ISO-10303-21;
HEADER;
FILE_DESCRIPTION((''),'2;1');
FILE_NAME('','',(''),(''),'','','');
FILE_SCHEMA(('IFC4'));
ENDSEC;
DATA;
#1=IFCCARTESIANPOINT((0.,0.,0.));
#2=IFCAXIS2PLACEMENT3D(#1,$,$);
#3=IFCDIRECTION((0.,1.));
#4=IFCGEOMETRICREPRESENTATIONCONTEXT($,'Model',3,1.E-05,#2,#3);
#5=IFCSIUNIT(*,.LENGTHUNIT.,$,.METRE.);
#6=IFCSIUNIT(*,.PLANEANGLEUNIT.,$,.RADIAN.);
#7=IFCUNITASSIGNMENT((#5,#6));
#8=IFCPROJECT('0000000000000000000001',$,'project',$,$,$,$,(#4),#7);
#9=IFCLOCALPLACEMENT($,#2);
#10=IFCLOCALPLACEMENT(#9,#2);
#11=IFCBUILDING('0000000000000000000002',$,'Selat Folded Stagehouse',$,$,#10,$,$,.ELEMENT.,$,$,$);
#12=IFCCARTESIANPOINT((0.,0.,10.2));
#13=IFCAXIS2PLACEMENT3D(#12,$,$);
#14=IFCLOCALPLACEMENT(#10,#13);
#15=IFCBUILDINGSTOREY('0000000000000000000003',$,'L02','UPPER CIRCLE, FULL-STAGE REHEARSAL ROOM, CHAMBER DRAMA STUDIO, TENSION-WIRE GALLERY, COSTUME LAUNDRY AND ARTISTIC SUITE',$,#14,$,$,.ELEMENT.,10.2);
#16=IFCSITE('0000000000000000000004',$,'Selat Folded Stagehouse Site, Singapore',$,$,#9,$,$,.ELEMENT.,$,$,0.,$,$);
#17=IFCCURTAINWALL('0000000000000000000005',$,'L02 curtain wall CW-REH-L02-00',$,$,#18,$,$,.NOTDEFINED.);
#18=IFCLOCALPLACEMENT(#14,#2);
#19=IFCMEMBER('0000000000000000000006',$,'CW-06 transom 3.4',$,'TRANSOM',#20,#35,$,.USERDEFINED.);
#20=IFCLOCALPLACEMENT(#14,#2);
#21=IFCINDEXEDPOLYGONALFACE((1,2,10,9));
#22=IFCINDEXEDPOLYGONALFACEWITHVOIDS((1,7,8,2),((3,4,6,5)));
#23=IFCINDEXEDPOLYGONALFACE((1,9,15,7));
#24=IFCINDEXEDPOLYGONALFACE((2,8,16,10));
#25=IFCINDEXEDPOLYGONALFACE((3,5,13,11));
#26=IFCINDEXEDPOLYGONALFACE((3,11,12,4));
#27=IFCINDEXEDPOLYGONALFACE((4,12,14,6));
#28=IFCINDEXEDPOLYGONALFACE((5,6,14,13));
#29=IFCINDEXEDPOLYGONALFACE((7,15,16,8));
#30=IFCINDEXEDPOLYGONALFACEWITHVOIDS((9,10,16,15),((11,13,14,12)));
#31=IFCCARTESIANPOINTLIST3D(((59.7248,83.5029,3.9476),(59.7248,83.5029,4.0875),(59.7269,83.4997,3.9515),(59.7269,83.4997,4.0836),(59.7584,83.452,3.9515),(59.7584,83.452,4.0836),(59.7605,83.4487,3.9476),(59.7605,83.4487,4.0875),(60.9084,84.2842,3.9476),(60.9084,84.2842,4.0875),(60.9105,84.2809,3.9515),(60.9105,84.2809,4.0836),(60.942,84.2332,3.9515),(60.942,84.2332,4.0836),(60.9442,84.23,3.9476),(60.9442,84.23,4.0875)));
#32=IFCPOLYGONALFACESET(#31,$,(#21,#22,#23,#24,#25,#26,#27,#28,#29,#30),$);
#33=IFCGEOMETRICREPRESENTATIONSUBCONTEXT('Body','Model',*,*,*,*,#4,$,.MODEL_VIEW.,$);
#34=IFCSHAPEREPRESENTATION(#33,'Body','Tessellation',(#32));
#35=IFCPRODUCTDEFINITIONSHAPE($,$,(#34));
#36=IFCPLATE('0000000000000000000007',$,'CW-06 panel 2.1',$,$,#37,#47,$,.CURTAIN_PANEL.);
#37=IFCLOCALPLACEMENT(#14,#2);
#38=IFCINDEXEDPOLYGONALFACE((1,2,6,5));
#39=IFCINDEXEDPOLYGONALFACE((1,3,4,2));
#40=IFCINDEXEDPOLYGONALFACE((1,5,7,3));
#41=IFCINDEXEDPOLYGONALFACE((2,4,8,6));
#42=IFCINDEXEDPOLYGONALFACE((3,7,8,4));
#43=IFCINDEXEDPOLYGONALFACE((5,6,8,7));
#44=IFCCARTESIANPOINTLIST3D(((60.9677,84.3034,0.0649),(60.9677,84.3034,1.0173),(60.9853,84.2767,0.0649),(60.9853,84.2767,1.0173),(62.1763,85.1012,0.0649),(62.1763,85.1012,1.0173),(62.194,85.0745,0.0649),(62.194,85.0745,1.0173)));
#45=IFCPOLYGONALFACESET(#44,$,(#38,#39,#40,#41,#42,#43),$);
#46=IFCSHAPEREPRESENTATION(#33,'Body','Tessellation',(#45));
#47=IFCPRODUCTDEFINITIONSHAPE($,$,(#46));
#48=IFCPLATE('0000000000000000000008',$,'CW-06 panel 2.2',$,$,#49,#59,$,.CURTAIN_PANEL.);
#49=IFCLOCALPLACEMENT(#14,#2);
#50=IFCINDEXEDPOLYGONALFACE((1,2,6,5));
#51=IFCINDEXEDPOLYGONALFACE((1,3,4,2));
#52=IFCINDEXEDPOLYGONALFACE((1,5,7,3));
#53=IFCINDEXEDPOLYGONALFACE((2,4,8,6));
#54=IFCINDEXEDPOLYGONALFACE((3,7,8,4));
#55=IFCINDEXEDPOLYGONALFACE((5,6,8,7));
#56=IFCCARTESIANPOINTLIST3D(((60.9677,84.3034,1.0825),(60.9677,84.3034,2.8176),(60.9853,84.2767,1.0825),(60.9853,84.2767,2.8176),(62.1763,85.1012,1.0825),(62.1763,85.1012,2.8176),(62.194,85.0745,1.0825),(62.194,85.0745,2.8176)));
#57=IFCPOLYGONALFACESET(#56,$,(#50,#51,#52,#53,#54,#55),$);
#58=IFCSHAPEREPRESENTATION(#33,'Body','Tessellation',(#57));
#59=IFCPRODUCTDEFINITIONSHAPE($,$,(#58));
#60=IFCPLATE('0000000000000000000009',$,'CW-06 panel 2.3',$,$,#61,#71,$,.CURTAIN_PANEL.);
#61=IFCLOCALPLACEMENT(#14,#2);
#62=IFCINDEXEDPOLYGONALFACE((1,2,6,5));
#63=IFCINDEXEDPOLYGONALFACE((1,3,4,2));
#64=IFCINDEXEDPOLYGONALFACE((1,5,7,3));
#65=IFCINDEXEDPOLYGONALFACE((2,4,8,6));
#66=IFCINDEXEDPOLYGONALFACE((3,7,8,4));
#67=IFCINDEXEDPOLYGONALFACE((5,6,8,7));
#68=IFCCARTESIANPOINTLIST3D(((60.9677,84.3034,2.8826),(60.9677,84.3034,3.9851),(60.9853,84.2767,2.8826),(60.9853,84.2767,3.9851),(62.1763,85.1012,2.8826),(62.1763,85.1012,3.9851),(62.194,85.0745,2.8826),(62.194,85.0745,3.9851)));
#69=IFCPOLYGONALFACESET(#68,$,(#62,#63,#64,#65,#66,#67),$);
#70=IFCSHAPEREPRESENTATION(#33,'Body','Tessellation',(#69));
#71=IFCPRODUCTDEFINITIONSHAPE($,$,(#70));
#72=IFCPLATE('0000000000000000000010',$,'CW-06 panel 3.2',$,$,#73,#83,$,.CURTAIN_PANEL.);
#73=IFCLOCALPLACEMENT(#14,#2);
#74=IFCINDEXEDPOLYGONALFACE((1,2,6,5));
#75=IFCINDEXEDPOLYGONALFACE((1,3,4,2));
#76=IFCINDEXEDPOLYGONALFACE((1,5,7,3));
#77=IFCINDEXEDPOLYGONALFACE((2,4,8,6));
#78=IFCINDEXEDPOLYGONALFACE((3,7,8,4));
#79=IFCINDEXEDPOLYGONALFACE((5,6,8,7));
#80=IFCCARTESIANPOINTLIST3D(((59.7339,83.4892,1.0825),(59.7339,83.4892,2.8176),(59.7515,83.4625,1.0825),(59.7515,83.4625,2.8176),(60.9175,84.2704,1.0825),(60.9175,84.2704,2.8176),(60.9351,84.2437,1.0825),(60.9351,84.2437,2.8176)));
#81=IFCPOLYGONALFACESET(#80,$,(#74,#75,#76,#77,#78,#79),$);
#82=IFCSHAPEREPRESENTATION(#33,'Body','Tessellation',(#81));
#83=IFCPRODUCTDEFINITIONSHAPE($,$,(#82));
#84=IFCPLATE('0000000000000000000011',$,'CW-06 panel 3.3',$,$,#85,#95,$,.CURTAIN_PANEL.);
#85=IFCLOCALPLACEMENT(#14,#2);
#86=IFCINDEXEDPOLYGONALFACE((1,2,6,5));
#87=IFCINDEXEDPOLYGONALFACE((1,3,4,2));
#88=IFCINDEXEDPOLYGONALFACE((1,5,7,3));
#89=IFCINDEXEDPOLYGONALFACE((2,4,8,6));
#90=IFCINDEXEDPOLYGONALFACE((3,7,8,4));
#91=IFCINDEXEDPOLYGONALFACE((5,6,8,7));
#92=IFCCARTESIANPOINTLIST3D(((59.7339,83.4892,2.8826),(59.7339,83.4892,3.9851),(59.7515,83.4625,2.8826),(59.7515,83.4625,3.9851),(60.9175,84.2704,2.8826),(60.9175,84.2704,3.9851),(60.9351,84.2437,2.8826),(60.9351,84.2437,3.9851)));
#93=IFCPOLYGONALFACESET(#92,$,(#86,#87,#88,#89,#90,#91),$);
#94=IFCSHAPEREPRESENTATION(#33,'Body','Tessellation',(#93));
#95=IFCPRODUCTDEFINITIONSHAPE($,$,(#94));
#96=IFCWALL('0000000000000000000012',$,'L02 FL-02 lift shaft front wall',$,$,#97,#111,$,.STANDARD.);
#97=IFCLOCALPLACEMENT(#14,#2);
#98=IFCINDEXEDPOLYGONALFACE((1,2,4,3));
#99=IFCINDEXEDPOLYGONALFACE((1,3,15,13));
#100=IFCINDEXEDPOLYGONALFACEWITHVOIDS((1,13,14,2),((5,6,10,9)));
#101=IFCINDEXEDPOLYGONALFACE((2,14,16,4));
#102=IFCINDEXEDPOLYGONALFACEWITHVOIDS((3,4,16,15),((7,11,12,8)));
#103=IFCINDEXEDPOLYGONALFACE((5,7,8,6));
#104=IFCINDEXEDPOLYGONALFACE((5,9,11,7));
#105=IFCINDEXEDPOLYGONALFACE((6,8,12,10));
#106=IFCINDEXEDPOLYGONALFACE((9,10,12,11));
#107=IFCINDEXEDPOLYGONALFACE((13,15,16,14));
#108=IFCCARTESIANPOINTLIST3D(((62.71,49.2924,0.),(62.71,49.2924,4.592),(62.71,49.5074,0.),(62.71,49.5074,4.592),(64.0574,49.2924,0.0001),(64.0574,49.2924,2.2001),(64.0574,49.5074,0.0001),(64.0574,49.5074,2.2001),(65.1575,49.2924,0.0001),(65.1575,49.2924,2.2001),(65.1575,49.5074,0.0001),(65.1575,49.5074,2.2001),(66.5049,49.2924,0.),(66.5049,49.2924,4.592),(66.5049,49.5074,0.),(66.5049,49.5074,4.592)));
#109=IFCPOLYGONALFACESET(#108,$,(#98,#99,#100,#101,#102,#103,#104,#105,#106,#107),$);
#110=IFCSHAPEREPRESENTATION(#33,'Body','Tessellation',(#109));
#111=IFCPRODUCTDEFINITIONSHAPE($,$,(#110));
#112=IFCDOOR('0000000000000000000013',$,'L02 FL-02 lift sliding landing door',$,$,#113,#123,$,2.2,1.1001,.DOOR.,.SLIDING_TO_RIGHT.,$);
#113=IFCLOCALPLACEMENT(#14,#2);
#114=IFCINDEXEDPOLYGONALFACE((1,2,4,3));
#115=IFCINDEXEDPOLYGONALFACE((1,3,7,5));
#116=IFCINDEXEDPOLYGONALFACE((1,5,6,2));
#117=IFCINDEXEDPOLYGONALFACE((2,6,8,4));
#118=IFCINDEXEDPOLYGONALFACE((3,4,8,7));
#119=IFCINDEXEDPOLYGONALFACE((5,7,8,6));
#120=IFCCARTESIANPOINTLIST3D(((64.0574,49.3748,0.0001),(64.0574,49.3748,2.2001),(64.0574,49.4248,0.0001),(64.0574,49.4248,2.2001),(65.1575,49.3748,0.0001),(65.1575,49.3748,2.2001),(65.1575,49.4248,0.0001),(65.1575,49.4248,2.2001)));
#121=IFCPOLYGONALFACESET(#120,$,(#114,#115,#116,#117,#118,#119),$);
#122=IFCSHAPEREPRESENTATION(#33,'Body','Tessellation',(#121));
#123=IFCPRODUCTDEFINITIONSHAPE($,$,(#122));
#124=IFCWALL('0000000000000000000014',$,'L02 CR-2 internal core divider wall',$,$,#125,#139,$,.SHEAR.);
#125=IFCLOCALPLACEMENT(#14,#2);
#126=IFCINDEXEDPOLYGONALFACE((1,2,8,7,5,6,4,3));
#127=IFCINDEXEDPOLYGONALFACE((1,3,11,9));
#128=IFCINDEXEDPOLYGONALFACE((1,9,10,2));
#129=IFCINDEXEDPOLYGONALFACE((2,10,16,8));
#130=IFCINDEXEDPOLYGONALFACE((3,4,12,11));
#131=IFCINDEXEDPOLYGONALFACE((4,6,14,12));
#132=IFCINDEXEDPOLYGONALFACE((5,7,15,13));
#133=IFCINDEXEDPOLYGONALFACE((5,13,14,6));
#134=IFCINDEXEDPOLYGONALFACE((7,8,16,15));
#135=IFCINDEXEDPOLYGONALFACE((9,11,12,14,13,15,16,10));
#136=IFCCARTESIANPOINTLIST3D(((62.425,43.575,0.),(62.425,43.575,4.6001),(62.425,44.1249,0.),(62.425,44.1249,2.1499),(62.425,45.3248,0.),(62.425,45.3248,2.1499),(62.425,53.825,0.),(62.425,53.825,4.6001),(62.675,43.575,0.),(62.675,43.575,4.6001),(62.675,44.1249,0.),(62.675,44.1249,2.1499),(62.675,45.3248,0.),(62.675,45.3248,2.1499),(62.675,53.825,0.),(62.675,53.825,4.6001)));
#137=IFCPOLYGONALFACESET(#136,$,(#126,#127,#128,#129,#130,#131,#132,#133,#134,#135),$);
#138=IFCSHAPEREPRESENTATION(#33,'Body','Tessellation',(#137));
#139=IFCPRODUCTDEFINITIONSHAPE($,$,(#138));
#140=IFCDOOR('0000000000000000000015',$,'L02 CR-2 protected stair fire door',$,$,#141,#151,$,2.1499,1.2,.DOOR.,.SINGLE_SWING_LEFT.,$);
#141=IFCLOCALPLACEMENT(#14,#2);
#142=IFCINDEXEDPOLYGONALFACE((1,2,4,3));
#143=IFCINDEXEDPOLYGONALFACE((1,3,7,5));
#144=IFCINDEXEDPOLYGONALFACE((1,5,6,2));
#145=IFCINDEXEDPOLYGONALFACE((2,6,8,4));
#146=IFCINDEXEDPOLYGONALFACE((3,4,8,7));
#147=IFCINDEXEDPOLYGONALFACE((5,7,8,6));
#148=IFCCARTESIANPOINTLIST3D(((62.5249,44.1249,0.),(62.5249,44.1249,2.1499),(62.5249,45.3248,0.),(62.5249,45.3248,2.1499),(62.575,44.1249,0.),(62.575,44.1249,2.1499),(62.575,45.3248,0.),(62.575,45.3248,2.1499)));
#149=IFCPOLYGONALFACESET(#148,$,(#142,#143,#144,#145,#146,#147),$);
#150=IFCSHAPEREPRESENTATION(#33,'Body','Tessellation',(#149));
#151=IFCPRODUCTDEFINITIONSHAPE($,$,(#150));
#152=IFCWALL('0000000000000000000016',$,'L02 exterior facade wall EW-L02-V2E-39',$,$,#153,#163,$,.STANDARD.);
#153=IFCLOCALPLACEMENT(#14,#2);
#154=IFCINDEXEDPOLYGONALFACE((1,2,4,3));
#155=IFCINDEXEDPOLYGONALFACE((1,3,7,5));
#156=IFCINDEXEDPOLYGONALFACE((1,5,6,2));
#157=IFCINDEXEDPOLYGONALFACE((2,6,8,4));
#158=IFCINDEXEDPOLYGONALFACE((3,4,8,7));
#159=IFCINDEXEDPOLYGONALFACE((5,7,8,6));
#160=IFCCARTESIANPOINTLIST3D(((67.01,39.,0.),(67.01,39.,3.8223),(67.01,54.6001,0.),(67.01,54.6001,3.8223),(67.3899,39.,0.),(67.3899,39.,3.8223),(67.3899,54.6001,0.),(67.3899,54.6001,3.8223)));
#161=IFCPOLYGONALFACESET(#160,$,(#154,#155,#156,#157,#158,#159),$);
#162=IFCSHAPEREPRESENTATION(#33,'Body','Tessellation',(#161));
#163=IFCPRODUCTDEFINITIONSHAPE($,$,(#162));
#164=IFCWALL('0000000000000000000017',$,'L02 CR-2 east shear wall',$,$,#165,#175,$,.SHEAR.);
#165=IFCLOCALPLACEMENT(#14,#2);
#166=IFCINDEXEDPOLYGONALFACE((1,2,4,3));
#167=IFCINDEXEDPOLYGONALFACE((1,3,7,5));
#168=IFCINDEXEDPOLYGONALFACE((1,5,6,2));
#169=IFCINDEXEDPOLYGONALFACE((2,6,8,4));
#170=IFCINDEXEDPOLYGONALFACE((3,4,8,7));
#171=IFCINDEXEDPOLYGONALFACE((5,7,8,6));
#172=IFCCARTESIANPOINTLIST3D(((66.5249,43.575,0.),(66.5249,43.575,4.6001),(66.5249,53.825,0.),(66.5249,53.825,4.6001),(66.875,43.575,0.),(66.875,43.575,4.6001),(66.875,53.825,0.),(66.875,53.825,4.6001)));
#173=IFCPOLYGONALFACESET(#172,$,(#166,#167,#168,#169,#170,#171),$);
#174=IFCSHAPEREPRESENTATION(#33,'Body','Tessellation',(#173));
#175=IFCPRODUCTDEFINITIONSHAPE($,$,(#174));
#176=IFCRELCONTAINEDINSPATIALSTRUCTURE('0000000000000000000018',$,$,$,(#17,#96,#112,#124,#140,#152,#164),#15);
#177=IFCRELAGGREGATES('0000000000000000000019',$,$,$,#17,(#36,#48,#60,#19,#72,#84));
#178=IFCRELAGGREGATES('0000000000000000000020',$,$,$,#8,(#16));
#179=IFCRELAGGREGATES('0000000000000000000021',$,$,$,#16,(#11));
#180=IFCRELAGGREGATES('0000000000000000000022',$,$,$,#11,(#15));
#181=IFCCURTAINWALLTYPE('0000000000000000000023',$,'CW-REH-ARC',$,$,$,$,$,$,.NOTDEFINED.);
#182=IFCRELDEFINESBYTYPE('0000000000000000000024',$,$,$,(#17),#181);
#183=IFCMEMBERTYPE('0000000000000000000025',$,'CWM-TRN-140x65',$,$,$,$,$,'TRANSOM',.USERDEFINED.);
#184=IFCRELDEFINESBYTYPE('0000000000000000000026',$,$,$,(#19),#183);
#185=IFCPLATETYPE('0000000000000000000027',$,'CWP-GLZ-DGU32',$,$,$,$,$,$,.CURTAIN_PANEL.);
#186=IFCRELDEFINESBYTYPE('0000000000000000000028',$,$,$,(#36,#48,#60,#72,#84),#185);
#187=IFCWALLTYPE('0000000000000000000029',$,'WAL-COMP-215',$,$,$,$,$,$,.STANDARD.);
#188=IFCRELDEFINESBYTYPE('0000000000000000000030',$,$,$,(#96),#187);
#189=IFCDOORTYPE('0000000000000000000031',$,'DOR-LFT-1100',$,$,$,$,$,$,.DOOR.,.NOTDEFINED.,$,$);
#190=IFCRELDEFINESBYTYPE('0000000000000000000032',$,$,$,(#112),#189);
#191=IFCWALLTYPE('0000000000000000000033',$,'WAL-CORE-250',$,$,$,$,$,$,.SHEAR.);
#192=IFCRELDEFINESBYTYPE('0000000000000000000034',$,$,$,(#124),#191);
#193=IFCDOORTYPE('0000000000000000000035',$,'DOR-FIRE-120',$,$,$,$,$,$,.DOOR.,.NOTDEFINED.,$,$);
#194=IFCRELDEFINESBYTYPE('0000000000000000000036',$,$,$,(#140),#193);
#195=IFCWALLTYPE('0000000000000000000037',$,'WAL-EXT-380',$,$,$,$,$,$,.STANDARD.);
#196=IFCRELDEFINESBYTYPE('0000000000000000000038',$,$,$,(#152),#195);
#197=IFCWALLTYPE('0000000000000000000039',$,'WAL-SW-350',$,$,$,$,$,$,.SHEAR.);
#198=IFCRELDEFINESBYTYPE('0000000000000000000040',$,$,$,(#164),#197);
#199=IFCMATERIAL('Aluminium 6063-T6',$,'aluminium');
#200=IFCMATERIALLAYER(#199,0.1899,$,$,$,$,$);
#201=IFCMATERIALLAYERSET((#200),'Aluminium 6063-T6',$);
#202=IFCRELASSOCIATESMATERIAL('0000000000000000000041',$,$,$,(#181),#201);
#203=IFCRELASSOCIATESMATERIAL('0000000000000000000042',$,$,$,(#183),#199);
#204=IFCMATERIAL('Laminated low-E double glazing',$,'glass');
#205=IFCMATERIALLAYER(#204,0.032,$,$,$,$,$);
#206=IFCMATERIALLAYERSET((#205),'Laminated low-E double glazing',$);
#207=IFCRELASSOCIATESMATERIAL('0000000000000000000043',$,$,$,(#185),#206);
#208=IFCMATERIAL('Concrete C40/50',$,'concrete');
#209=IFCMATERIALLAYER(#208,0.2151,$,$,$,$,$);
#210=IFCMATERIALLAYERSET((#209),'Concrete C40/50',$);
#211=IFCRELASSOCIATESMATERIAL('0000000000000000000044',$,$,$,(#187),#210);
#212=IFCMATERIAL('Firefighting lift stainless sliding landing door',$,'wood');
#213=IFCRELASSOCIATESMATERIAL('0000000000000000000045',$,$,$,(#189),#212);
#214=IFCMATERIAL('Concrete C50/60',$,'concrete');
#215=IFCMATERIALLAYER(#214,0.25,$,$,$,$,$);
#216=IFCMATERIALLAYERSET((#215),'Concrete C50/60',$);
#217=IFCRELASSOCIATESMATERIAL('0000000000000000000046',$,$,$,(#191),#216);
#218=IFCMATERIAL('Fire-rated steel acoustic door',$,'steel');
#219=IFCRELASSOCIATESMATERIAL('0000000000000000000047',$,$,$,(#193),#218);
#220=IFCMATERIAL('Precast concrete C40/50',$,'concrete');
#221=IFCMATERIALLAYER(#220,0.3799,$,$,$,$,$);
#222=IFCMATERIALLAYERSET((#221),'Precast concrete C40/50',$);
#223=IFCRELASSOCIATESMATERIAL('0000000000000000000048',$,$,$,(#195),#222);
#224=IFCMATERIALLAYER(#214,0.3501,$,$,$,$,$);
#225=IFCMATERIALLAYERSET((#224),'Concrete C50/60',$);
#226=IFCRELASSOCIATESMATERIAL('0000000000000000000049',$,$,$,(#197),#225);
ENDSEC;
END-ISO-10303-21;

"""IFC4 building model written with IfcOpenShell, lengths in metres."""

from ifc_helpers import new_model, si_unit, direction, frame, frame_2d, origin, origin_2d, place, context, subcontext, project, spatial, rectangle, hollow_rectangle, extrude, material, layer, layer_set, material_profile, profile_set, type_object, element, fill, aggregate, save


model = new_model("IFC4")

# Units and contexts
model_context = context("Model", 3, precision=1e-05, world=origin(), true_north=direction((0.0, 1.0)))
body_context = subcontext(model_context, "Body", "Model", "MODEL_VIEW")
ifc_project = project(units=[si_unit("LENGTHUNIT", "METRE"), si_unit("PLANEANGLEUNIT", "RADIAN")], contexts=[model_context])

# Site, building, storey
site_placement = place(None, origin())
site = spatial("IfcSite", under=ifc_project, at=site_placement, Name="Selat Folded Stagehouse Site, Singapore", CompositionType="ELEMENT", RefElevation=0.0)
building_placement = place(site_placement, origin())
building = spatial("IfcBuilding", under=site, at=building_placement, Name="Selat Folded Stagehouse", CompositionType="ELEMENT")
storey_placement = place(building_placement, frame((0.0, 0.0, 10.2)))
storey = spatial("IfcBuildingStorey", under=building, at=storey_placement, Name="L02", Description="UPPER CIRCLE, FULL-STAGE REHEARSAL ROOM, CHAMBER DRAMA STUDIO, TENSION-WIRE GALLERY, COSTUME LAUNDRY AND ARTISTIC SUITE", CompositionType="ELEMENT", Elevation=10.2)

# Curtain wall, member, plates
ifc_material_1 = material(Name="Aluminium 6063-T6", Category="aluminium")
ifc_layer_1 = layer(ifc_material_1, 0.1899)
ifc_layer_set_1 = layer_set([ifc_layer_1], Name="Aluminium 6063-T6")
curtain_wall_type = type_object("IfcCurtainWallType", Name="CW-REH-ARC", PredefinedType="NOTDEFINED", material=ifc_layer_set_1)
curtain_wall_placement = place(storey_placement, origin())
curtain_wall = element("IfcCurtainWall", 1, at=curtain_wall_placement, inside=storey, type_object=curtain_wall_type, Name="L02 curtain wall CW-REH-L02-00", PredefinedType="NOTDEFINED")
ifc_material_profile_1 = material_profile(ifc_material_1, hollow_rectangle(XDim=0.0649, YDim=0.1399, WallThickness=0.0039, at=origin_2d()), Name="ALU 140x65x4.0")
ifc_profile_set_1 = profile_set([ifc_material_profile_1], Name="Aluminium 6063-T6")
member_type_1 = type_object("IfcMemberType", Name="CWM-TRN-140x65", ElementType="TRANSOM", PredefinedType="USERDEFINED", material=ifc_profile_set_1)
member_1_placement = place(storey_placement, frame((60.9263, 84.2571, 4.0176), z_axis=(-0.834584, -0.550881, 0.0), x_axis=(0.550881, -0.834584, 0.0)))
member_1 = element("IfcMember", 2, at=member_1_placement, type_object=member_type_1, Name="CW-06 transom 3.4", ObjectType="TRANSOM", PredefinedType="USERDEFINED", context=body_context, shape_type="SweptSolid", body=[
    extrude(hollow_rectangle(XDim=0.0649, YDim=0.1399, WallThickness=0.0039, at=origin_2d()), origin(), (0.0, 0.0, 1.0), 1.4182),
])
ifc_material_2 = material(Name="Laminated low-E double glazing", Category="glass")
ifc_layer_2 = layer(ifc_material_2, 0.032)
ifc_layer_set_2 = layer_set([ifc_layer_2], Name="Laminated low-E double glazing")
plate_type = type_object("IfcPlateType", Name="CWP-GLZ-DGU32", PredefinedType="CURTAIN_PANEL", material=ifc_layer_set_2)
plate_1_placement = place(storey_placement, frame((61.5808, 84.689, 0.0649), z_axis=(0.0, 0.0, 1.0), x_axis=(-0.834581, -0.550885, 0.0)))
plate_1 = element("IfcPlate", 3, at=plate_1_placement, type_object=plate_type, Name="CW-06 panel 2.1", PredefinedType="CURTAIN_PANEL", context=body_context, shape_type="SweptSolid", body=[
    extrude(rectangle(XDim=1.4482, YDim=0.032, at=origin_2d()), origin(), (0.0, 0.0, 1.0), 0.9524),
])
plate_2_placement = place(storey_placement, frame((61.5808, 84.689, 1.0825), z_axis=(0.0, 0.0, 1.0), x_axis=(-0.834581, -0.550885, 0.0)))
plate_2 = element("IfcPlate", 4, at=plate_2_placement, type_object=plate_type, Name="CW-06 panel 2.2", PredefinedType="CURTAIN_PANEL", context=body_context, shape_type="SweptSolid", body=[
    extrude(rectangle(XDim=1.4482, YDim=0.032, at=origin_2d()), origin(), (0.0, 0.0, 1.0), 1.7351),
])
plate_3_placement = place(storey_placement, frame((61.5808, 84.689, 2.8826), z_axis=(0.0, 0.0, 1.0), x_axis=(-0.834581, -0.550885, 0.0)))
plate_3 = element("IfcPlate", 5, at=plate_3_placement, type_object=plate_type, Name="CW-06 panel 2.3", PredefinedType="CURTAIN_PANEL", context=body_context, shape_type="SweptSolid", body=[
    extrude(rectangle(XDim=1.4482, YDim=0.032, at=origin_2d()), origin(), (0.0, 0.0, 1.0), 1.1025),
])
plate_4_placement = place(storey_placement, frame((60.3345, 83.8665, 1.0825), z_axis=(0.0, 0.0, 1.0), x_axis=(-0.834581, -0.550885, 0.0)))
plate_4 = element("IfcPlate", 6, at=plate_4_placement, type_object=plate_type, Name="CW-06 panel 3.2", PredefinedType="CURTAIN_PANEL", context=body_context, shape_type="SweptSolid", body=[
    extrude(rectangle(XDim=1.4182, YDim=0.032, at=origin_2d()), origin(), (0.0, 0.0, 1.0), 1.7351),
])
plate_5_placement = place(storey_placement, frame((60.3345, 83.8665, 2.8826), z_axis=(0.0, 0.0, 1.0), x_axis=(-0.834581, -0.550885, 0.0)))
plate_5 = element("IfcPlate", 7, at=plate_5_placement, type_object=plate_type, Name="CW-06 panel 3.3", PredefinedType="CURTAIN_PANEL", context=body_context, shape_type="SweptSolid", body=[
    extrude(rectangle(XDim=1.4182, YDim=0.032, at=origin_2d()), origin(), (0.0, 0.0, 1.0), 1.1025),
])
aggregate(curtain_wall, [plate_1, plate_2, plate_3, member_1, plate_4, plate_5])

# Walls, openings, doors
ifc_material_3 = material(Name="Concrete C40/50", Category="concrete")
ifc_layer_3 = layer(ifc_material_3, 0.2151)
ifc_layer_set_3 = layer_set([ifc_layer_3], Name="Concrete C40/50")
wall_type_1 = type_object("IfcWallType", Name="WAL-COMP-215", PredefinedType="STANDARD", material=ifc_layer_set_3)
wall_1_placement = place(storey_placement, frame((62.71, 49.3999, 0.0), z_axis=(0.0, 0.0, 1.0), x_axis=(1.0, 0.0, 0.0)))
wall_1 = element("IfcWall", 8, at=wall_1_placement, inside=storey, type_object=wall_type_1, Name="L02 FL-02 lift shaft front wall", PredefinedType="STANDARD", context=body_context, shape_type="SweptSolid", body=[
    extrude(rectangle(XDim=3.7949, YDim=0.2151, at=frame_2d((1.8975, 0.0))), origin(), (0.0, 0.0, 1.0), 4.592),
])
opening_1_placement = place(wall_1_placement, frame((1.3474, 0.0, 0.0)))
opening_1 = element("IfcOpeningElement", 9, at=opening_1_placement, cuts=wall_1, PredefinedType="OPENING", context=body_context, shape_type="SweptSolid", body=[
    extrude(rectangle(XDim=1.1001, YDim=2.2, at=frame_2d((0.55, 1.1001))), frame((0.0, 0.1174, 0.0), z_axis=(0.0, -1.0, 0.0), x_axis=(1.0, 0.0, 0.0)), (0.0, 0.0, 1.0), 0.2351),
])
ifc_material_4 = material(Name="Firefighting lift stainless sliding landing door", Category="wood")
door_type_1 = type_object("IfcDoorType", Name="DOR-LFT-1100", OperationType="NOTDEFINED", PredefinedType="DOOR", material=ifc_material_4)
door_1_placement = place(opening_1_placement, origin())
door_1 = element("IfcDoor", 10, at=door_1_placement, inside=storey, type_object=door_type_1, Name="L02 FL-02 lift sliding landing door", OperationType="SLIDING_TO_RIGHT", OverallHeight=2.2, OverallWidth=1.1001, PredefinedType="DOOR", context=body_context, shape_type="SweptSolid", body=[
    extrude(rectangle(XDim=1.1001, YDim=2.2, at=frame_2d((0.55, 1.1001))), frame((0.0, 0.0249, 0.0), z_axis=(0.0, -1.0, 0.0), x_axis=(1.0, 0.0, 0.0)), (0.0, 0.0, 1.0), 0.05),
])
fill(opening_1, door_1)
ifc_material_5 = material(Name="Concrete C50/60", Category="concrete")
ifc_layer_4 = layer(ifc_material_5, 0.25)
ifc_layer_set_4 = layer_set([ifc_layer_4], Name="Concrete C50/60")
wall_type_2 = type_object("IfcWallType", Name="WAL-CORE-250", PredefinedType="SHEAR", material=ifc_layer_set_4)
wall_2_placement = place(storey_placement, frame((62.55, 53.825, 0.0), z_axis=(0.0, 0.0, 1.0), x_axis=(0.0, -1.0, 0.0)))
wall_2 = element("IfcWall", 11, at=wall_2_placement, inside=storey, type_object=wall_type_2, Name="L02 CR-2 internal core divider wall", PredefinedType="SHEAR", context=body_context, shape_type="SweptSolid", body=[
    extrude(rectangle(XDim=10.25, YDim=0.25, at=frame_2d((5.125, 0.0))), origin(), (0.0, 0.0, 1.0), 4.6001),
])
opening_2_placement = place(wall_2_placement, frame((8.5, 0.0, 0.0)))
opening_2 = element("IfcOpeningElement", 12, at=opening_2_placement, cuts=wall_2, PredefinedType="OPENING", context=body_context, shape_type="SweptSolid", body=[
    extrude(rectangle(XDim=1.2, YDim=2.1499, at=frame_2d((0.6001, 1.075))), frame((0.0, 0.135, 0.0), z_axis=(0.0, -1.0, 0.0), x_axis=(1.0, 0.0, 0.0)), (0.0, 0.0, 1.0), 0.27),
])
ifc_material_6 = material(Name="Fire-rated steel acoustic door", Category="steel")
door_type_2 = type_object("IfcDoorType", Name="DOR-FIRE-120", OperationType="NOTDEFINED", PredefinedType="DOOR", material=ifc_material_6)
door_2_placement = place(opening_2_placement, origin())
door_2 = element("IfcDoor", 13, at=door_2_placement, inside=storey, type_object=door_type_2, Name="L02 CR-2 protected stair fire door", OperationType="SINGLE_SWING_LEFT", OverallHeight=2.1499, OverallWidth=1.2, PredefinedType="DOOR", context=body_context, shape_type="SweptSolid", body=[
    extrude(rectangle(XDim=1.2, YDim=2.1499, at=frame_2d((0.6001, 1.075))), frame((0.0, 0.0249, 0.0), z_axis=(0.0, -1.0, 0.0), x_axis=(1.0, 0.0, 0.0)), (0.0, 0.0, 1.0), 0.05),
])
fill(opening_2, door_2)

# Walls
ifc_material_7 = material(Name="Precast concrete C40/50", Category="concrete")
ifc_layer_5 = layer(ifc_material_7, 0.3799)
ifc_layer_set_5 = layer_set([ifc_layer_5], Name="Precast concrete C40/50")
wall_type_3 = type_object("IfcWallType", Name="WAL-EXT-380", PredefinedType="STANDARD", material=ifc_layer_set_5)
wall_3_placement = place(storey_placement, frame((67.2, 54.6001, 0.0), z_axis=(0.0, 0.0, 1.0), x_axis=(0.0, -1.0, 0.0)))
element("IfcWall", 14, at=wall_3_placement, inside=storey, type_object=wall_type_3, Name="L02 exterior facade wall EW-L02-V2E-39", PredefinedType="STANDARD", context=body_context, shape_type="SweptSolid", body=[
    extrude(rectangle(XDim=15.6001, YDim=0.3799, at=frame_2d((7.8, 0.0))), origin(), (0.0, 0.0, 1.0), 3.8223),
])
ifc_layer_6 = layer(ifc_material_5, 0.3501)
ifc_layer_set_6 = layer_set([ifc_layer_6], Name="Concrete C50/60")
wall_type_4 = type_object("IfcWallType", Name="WAL-SW-350", PredefinedType="SHEAR", material=ifc_layer_set_6)
wall_4_placement = place(storey_placement, frame((66.7, 53.825, 0.0), z_axis=(0.0, 0.0, 1.0), x_axis=(0.0, -1.0, 0.0)))
element("IfcWall", 15, at=wall_4_placement, inside=storey, type_object=wall_type_4, Name="L02 CR-2 east shear wall", PredefinedType="SHEAR", context=body_context, shape_type="SweptSolid", body=[
    extrude(rectangle(XDim=10.25, YDim=0.3501, at=frame_2d((5.125, 0.0))), origin(), (0.0, 0.0, 1.0), 4.6001),
])

save(model, "model.ifc")
